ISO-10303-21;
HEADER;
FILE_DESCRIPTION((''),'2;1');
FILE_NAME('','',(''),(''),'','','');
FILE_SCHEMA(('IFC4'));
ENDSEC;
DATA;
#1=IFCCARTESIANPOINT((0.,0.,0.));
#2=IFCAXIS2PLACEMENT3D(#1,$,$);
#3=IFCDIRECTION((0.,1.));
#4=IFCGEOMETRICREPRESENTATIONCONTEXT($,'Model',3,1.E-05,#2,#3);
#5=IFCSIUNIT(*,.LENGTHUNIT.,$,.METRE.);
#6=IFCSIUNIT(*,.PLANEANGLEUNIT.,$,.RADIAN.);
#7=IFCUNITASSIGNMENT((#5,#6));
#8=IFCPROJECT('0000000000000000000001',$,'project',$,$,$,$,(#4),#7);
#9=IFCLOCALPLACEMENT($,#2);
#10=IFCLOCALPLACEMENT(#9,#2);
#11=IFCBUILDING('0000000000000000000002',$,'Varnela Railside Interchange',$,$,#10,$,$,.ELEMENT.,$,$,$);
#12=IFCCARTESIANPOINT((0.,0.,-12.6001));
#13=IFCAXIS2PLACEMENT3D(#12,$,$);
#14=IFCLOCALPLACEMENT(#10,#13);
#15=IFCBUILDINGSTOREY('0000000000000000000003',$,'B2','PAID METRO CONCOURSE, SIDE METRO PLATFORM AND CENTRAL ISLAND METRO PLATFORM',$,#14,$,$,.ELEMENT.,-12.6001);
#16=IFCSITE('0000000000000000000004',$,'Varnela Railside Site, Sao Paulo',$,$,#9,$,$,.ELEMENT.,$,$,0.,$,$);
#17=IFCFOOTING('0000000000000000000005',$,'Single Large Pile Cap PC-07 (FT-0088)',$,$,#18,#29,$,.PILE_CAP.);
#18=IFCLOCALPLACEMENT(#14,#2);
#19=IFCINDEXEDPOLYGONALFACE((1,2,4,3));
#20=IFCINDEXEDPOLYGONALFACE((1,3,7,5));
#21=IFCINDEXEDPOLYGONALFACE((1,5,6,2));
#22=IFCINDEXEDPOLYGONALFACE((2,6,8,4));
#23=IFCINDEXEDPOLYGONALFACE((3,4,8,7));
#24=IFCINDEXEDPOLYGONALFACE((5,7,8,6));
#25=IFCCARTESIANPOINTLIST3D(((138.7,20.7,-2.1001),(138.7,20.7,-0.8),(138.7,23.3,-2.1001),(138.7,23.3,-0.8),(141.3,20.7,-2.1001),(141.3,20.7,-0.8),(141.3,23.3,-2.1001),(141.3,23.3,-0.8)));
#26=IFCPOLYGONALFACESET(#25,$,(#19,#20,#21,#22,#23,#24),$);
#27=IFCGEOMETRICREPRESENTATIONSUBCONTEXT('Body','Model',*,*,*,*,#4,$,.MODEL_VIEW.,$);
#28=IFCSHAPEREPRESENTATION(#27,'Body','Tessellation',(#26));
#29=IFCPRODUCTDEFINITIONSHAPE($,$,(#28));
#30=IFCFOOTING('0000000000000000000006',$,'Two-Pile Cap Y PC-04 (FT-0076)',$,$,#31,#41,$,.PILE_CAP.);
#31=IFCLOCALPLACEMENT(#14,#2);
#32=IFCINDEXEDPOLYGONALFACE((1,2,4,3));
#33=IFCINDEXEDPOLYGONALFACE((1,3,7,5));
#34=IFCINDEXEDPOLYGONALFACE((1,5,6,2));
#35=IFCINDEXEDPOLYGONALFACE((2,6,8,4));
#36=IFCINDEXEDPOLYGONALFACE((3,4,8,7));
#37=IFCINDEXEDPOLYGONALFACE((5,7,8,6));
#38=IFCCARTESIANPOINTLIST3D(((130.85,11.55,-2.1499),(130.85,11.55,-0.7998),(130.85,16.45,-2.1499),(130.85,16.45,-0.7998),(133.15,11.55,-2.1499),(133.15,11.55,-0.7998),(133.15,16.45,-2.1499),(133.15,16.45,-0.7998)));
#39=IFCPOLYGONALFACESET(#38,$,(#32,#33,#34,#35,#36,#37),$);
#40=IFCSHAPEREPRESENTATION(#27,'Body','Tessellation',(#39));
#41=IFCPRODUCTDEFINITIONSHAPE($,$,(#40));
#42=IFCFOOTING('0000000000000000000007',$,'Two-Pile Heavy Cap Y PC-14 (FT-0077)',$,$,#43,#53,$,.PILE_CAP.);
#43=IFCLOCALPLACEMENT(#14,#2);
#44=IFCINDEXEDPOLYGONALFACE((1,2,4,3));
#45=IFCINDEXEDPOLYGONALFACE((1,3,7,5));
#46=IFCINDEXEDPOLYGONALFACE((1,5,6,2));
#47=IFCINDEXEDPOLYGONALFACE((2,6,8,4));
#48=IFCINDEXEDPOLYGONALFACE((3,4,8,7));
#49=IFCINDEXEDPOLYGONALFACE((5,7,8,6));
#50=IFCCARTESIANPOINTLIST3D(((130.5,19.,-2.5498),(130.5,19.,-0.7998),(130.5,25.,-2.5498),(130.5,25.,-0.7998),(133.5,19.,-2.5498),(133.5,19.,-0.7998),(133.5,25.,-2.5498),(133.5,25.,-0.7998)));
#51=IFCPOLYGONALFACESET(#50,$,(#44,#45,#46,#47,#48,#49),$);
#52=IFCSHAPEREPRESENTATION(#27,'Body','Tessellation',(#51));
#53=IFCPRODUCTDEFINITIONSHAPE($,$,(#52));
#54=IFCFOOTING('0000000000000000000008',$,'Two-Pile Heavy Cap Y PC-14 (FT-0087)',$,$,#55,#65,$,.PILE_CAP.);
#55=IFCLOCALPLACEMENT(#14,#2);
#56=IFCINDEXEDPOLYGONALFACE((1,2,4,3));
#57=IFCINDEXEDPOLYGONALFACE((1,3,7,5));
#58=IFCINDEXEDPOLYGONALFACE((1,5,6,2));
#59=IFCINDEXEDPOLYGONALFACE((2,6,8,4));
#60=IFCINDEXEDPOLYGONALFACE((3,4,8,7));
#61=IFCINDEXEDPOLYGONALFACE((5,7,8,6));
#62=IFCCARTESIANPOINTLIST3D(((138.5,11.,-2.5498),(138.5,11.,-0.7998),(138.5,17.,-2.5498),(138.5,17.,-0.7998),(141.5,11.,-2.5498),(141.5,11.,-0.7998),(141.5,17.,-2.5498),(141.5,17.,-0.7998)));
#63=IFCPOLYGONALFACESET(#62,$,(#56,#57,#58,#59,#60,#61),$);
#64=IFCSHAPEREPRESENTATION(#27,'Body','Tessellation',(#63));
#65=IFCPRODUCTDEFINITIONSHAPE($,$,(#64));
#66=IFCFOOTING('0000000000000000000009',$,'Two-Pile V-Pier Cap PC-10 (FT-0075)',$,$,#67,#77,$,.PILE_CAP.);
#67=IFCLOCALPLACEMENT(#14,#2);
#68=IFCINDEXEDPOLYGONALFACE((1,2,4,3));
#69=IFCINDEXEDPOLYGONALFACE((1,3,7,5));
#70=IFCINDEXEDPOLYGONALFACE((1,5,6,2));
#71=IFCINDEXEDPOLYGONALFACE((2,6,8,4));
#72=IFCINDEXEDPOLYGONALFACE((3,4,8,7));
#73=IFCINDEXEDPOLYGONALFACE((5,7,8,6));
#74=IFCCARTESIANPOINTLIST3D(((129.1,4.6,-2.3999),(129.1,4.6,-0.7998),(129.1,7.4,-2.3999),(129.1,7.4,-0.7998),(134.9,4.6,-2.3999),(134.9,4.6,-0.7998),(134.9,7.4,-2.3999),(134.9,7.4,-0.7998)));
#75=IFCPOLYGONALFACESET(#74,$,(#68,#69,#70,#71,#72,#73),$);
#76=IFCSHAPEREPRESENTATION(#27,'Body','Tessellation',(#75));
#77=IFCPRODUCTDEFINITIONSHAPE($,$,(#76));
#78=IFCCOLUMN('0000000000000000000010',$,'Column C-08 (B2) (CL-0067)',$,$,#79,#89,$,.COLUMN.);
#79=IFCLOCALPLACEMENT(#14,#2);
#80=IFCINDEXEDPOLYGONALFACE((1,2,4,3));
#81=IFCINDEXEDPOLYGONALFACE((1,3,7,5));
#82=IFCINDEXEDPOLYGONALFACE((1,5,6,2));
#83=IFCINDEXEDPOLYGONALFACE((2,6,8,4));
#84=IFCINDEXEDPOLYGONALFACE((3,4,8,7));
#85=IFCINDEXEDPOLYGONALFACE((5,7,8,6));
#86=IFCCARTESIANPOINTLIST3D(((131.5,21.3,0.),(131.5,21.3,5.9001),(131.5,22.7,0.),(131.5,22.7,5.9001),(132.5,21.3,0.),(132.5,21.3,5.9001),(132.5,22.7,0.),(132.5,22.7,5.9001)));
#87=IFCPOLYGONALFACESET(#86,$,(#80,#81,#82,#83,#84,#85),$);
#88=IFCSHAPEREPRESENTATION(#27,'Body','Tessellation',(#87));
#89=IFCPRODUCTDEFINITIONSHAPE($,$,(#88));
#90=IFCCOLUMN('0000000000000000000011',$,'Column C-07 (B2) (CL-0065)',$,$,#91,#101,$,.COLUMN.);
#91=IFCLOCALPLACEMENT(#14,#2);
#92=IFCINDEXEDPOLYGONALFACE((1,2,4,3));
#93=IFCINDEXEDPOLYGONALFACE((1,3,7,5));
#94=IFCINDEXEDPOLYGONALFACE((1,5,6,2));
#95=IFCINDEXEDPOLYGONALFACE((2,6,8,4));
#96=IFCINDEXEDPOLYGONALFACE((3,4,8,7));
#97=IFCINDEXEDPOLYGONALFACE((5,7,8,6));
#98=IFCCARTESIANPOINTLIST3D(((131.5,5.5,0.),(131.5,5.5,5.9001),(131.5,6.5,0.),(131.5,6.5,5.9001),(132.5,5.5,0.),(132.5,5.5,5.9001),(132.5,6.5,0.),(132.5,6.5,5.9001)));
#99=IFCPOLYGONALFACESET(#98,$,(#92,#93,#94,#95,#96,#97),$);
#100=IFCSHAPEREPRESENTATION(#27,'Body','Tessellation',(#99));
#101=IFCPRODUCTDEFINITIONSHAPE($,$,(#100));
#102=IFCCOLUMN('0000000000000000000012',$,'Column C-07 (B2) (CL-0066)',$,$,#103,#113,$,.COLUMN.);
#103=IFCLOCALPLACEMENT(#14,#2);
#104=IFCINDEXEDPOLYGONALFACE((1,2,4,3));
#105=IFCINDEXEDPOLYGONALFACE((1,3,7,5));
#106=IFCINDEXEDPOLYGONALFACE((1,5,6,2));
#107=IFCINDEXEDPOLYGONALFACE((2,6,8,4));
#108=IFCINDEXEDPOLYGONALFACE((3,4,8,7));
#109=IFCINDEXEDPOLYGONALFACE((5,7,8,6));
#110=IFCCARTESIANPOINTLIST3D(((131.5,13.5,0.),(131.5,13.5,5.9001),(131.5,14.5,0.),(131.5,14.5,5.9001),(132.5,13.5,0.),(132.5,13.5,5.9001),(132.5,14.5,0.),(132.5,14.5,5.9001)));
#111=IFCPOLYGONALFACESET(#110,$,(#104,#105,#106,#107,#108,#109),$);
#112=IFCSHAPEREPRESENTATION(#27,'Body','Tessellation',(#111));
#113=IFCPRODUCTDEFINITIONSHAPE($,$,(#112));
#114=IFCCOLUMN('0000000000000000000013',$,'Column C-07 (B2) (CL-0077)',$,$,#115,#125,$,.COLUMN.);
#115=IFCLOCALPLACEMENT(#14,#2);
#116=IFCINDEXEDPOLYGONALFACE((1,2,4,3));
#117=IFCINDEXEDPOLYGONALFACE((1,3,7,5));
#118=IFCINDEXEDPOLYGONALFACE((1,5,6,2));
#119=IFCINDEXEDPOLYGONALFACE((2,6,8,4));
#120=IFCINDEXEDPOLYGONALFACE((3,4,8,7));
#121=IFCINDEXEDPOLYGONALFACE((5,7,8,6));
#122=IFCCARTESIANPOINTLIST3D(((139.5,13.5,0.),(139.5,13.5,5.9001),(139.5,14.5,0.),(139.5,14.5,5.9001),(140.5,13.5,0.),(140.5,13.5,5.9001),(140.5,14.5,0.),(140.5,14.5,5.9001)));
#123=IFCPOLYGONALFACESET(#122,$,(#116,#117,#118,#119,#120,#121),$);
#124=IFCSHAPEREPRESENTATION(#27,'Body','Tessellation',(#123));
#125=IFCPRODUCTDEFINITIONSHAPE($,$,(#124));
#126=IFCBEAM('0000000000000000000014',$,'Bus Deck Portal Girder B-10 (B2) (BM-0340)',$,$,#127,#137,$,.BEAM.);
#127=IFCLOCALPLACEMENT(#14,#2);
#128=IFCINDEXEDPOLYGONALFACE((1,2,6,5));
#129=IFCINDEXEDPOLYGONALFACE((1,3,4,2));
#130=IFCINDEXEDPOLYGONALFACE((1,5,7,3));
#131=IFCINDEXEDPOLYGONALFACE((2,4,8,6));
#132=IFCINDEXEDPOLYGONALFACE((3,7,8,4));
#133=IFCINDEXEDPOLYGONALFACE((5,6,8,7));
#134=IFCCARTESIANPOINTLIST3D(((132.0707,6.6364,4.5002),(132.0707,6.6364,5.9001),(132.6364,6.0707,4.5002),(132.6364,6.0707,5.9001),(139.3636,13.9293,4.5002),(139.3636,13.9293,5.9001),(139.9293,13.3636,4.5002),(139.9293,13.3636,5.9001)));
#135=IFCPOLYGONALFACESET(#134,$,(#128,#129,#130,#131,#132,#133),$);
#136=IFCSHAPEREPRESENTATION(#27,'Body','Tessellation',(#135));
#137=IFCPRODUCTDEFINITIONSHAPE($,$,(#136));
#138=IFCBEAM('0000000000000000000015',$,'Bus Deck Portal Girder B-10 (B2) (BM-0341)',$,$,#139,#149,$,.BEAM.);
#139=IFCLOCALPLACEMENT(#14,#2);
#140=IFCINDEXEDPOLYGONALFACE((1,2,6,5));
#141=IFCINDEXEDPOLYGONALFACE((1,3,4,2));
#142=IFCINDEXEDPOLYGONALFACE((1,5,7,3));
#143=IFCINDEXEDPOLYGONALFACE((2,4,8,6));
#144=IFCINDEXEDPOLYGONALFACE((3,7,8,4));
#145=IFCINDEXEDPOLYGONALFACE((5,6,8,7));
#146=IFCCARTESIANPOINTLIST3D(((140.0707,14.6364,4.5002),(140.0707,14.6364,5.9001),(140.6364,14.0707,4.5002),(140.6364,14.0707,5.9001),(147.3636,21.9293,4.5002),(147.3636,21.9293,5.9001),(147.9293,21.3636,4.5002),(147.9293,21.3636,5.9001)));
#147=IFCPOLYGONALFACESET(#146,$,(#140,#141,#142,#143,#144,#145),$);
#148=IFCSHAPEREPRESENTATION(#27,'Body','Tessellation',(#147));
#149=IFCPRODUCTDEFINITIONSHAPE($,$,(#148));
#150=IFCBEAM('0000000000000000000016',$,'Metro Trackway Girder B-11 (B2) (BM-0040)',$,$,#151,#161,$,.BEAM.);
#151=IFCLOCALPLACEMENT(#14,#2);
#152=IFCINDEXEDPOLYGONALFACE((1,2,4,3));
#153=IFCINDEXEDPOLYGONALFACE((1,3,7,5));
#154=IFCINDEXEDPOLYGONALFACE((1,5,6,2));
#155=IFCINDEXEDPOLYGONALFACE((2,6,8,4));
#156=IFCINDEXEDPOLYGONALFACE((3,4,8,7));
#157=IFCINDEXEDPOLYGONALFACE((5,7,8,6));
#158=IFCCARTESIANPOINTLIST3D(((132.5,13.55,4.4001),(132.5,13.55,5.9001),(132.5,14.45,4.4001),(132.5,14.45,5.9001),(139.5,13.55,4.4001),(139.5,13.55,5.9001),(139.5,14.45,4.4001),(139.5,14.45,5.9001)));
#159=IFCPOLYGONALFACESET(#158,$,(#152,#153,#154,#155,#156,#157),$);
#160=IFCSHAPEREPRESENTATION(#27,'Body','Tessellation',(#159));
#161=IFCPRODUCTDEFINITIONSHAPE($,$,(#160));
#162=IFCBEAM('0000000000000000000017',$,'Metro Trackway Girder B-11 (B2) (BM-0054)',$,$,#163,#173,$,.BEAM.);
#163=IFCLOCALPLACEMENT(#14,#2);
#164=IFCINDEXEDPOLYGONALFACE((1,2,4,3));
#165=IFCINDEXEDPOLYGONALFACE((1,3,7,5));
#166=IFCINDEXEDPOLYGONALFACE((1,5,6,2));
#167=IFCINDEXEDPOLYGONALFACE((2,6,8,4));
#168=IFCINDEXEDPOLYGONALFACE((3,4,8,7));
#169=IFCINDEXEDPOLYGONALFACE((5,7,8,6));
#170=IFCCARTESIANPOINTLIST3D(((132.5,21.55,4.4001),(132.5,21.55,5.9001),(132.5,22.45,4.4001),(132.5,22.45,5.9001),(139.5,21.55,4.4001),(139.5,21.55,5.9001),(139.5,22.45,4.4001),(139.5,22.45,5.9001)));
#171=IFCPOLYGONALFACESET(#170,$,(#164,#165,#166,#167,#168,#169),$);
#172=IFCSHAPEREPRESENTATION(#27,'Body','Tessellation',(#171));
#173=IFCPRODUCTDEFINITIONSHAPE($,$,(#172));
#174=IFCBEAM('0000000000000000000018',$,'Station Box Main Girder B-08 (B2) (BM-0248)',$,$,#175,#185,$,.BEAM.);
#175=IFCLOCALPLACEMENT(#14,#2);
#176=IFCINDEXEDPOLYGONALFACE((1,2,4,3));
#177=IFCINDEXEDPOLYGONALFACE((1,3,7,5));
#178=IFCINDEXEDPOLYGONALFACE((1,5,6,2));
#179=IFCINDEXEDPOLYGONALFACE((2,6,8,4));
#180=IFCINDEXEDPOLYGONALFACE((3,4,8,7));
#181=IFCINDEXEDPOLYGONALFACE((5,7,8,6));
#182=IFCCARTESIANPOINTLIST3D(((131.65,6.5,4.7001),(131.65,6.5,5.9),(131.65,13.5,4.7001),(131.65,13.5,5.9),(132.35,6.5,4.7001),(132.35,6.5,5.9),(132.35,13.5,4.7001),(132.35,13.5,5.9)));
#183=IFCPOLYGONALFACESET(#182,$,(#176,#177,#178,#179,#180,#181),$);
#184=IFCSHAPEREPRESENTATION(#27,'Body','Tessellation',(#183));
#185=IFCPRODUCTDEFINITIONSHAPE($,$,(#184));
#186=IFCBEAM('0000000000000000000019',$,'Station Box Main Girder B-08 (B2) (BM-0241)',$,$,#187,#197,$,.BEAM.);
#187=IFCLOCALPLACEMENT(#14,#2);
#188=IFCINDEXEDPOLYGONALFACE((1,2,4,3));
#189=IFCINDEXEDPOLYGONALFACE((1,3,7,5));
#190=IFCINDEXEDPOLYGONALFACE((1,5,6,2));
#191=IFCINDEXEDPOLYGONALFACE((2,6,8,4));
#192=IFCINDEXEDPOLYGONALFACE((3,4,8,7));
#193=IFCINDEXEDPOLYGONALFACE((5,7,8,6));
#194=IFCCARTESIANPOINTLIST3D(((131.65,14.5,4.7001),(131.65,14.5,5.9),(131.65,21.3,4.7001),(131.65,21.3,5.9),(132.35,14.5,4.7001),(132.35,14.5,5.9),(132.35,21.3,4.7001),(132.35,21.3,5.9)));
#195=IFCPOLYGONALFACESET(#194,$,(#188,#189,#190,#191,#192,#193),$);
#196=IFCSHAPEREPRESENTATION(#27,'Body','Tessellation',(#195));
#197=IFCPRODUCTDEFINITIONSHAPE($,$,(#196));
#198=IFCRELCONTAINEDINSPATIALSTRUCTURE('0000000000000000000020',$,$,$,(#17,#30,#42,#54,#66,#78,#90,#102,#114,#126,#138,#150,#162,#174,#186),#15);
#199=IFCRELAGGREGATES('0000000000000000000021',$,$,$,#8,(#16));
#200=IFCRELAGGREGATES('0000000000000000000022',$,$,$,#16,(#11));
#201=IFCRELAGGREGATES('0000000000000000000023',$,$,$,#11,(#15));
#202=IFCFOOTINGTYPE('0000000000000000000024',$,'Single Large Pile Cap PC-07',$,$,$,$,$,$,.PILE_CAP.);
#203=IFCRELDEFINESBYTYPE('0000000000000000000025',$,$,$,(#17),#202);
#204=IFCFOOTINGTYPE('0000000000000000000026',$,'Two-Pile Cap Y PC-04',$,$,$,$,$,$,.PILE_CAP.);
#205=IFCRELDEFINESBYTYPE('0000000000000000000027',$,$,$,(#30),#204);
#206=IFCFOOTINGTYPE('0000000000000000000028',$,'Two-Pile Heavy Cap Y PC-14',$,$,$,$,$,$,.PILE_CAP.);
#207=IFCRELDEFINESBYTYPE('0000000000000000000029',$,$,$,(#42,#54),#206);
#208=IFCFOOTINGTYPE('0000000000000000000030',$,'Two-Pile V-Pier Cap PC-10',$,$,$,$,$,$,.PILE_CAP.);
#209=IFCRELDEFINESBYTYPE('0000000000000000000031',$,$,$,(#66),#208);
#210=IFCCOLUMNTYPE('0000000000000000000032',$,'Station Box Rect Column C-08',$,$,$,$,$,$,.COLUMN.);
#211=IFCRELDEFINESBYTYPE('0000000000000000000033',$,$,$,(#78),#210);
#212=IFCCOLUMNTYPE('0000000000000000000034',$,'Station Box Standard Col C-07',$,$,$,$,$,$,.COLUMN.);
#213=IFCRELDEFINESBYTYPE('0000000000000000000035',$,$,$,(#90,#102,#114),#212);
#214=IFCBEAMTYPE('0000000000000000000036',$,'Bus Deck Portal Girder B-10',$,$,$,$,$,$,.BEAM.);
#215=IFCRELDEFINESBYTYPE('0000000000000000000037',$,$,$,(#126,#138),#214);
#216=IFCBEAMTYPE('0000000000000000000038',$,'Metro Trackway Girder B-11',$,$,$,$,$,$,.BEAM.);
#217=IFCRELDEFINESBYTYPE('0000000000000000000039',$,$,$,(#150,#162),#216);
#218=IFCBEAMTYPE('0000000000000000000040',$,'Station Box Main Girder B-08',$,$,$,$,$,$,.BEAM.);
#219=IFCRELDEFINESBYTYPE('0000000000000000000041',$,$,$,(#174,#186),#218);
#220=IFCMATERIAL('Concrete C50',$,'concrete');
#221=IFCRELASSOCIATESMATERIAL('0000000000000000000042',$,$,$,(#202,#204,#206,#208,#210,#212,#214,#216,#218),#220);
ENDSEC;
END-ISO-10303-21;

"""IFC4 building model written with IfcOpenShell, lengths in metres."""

from ifc_helpers import new_model, si_unit, direction, frame, origin, origin_2d, place, context, subcontext, project, spatial, rectangle, extrude, material, material_profile, profile_set, type_object, element, save


model = new_model("IFC4")

# Units and contexts
model_context = context("Model", 3, precision=1e-05, world=origin(), true_north=direction((0.0, 1.0)))
body_context = subcontext(model_context, "Body", "Model", "MODEL_VIEW")
ifc_project = project(units=[si_unit("LENGTHUNIT", "METRE"), si_unit("PLANEANGLEUNIT", "RADIAN")], contexts=[model_context])

# Site, building, storey
site_placement = place(None, origin())
site = spatial("IfcSite", under=ifc_project, at=site_placement, Name="Varnela Railside Site, Sao Paulo", CompositionType="ELEMENT", RefElevation=0.0)
building_placement = place(site_placement, origin())
building = spatial("IfcBuilding", under=site, at=building_placement, Name="Varnela Railside Interchange", CompositionType="ELEMENT")
storey_placement = place(building_placement, frame((0.0, 0.0, -12.6001)))
storey = spatial("IfcBuildingStorey", under=building, at=storey_placement, Name="B2", Description="PAID METRO CONCOURSE, SIDE METRO PLATFORM AND CENTRAL ISLAND METRO PLATFORM", CompositionType="ELEMENT", Elevation=-12.6001)

# Footings
ifc_material_1 = material(Name="Concrete C50", Category="concrete")
footing_type_1 = type_object("IfcFootingType", Name="Single Large Pile Cap PC-07", PredefinedType="PILE_CAP", material=ifc_material_1)
footing_1_placement = place(storey_placement, frame((140.0, 22.0, -2.1001), z_axis=(0.0, 0.0, 1.0), x_axis=(1.0, 0.0, 0.0)))
element("IfcFooting", 1, at=footing_1_placement, inside=storey, type_object=footing_type_1, Name="Single Large Pile Cap PC-07 (FT-0088)", PredefinedType="PILE_CAP", context=body_context, shape_type="SweptSolid", body=[
    extrude(rectangle(XDim=2.6001, YDim=2.6001, at=origin_2d()), origin(), (0.0, 0.0, 1.0), 1.3),
])
footing_type_2 = type_object("IfcFootingType", Name="Two-Pile Cap Y PC-04", PredefinedType="PILE_CAP", material=ifc_material_1)
footing_2_placement = place(storey_placement, frame((132.0, 14.0, -2.1499), z_axis=(0.0, 0.0, 1.0), x_axis=(1.0, 0.0, 0.0)))
element("IfcFooting", 2, at=footing_2_placement, inside=storey, type_object=footing_type_2, Name="Two-Pile Cap Y PC-04 (FT-0076)", PredefinedType="PILE_CAP", context=body_context, shape_type="SweptSolid", body=[
    extrude(rectangle(XDim=2.3, YDim=4.8999, at=origin_2d()), origin(), (0.0, 0.0, 1.0), 1.3501),
])
footing_type_3 = type_object("IfcFootingType", Name="Two-Pile Heavy Cap Y PC-14", PredefinedType="PILE_CAP", material=ifc_material_1)
for number, where, z_axis, x_axis, name in (
    (3, (132.0, 22.0, -2.5498), (0.0, 0.0, 1.0), (1.0, 0.0, 0.0), "Two-Pile Heavy Cap Y PC-14 (FT-0077)"),
    (4, (140.0, 14.0, -2.5498), (0.0, 0.0, 1.0), (1.0, 0.0, 0.0), "Two-Pile Heavy Cap Y PC-14 (FT-0087)"),
):
    element("IfcFooting", number, at=place(storey_placement, frame(where, z_axis=z_axis, x_axis=x_axis)), inside=storey, type_object=footing_type_3, Name=name, PredefinedType="PILE_CAP", context=body_context, shape_type="SweptSolid", body=[
        extrude(rectangle(XDim=3.0, YDim=6.0, at=origin_2d()), origin(), (0.0, 0.0, 1.0), 1.75),
    ])
footing_type_4 = type_object("IfcFootingType", Name="Two-Pile V-Pier Cap PC-10", PredefinedType="PILE_CAP", material=ifc_material_1)
footing_3_placement = place(storey_placement, frame((132.0, 6.0, -2.3999), z_axis=(0.0, 0.0, 1.0), x_axis=(1.0, 0.0, 0.0)))
element("IfcFooting", 5, at=footing_3_placement, inside=storey, type_object=footing_type_4, Name="Two-Pile V-Pier Cap PC-10 (FT-0075)", PredefinedType="PILE_CAP", context=body_context, shape_type="SweptSolid", body=[
    extrude(rectangle(XDim=5.8, YDim=2.8, at=origin_2d()), origin(), (0.0, 0.0, 1.0), 1.6001),
])

# Columns
ifc_material_profile_1 = material_profile(ifc_material_1, rectangle(XDim=1.0, YDim=1.3999, at=origin_2d()), Name="RC 1000x1400")
ifc_profile_set_1 = profile_set([ifc_material_profile_1], Name="Concrete C50")
column_type_1 = type_object("IfcColumnType", Name="Station Box Rect Column C-08", PredefinedType="COLUMN", material=ifc_profile_set_1)
column_placement = place(storey_placement, frame((132.0, 22.0, 0.0), z_axis=(0.0, 0.0, 1.0), x_axis=(1.0, 0.0, 0.0)))
element("IfcColumn", 6, at=column_placement, inside=storey, type_object=column_type_1, Name="Column C-08 (B2) (CL-0067)", PredefinedType="COLUMN", context=body_context, shape_type="SweptSolid", body=[
    extrude(rectangle(XDim=1.0, YDim=1.3999, at=origin_2d()), origin(), (0.0, 0.0, 1.0), 5.9001),
])
ifc_material_profile_2 = material_profile(ifc_material_1, rectangle(XDim=1.0, YDim=1.0, at=origin_2d()), Name="RC 1000x1000")
ifc_profile_set_2 = profile_set([ifc_material_profile_2], Name="Concrete C50")
column_type_2 = type_object("IfcColumnType", Name="Station Box Standard Col C-07", PredefinedType="COLUMN", material=ifc_profile_set_2)
for number, where, z_axis, x_axis, name in (
    (7, (132.0, 6.0, 0.0), (0.0, 0.0, 1.0), (1.0, 0.0, 0.0), "Column C-07 (B2) (CL-0065)"),
    (8, (132.0, 14.0, 0.0), (0.0, 0.0, 1.0), (1.0, 0.0, 0.0), "Column C-07 (B2) (CL-0066)"),
    (9, (140.0, 14.0, 0.0), (0.0, 0.0, 1.0), (1.0, 0.0, 0.0), "Column C-07 (B2) (CL-0077)"),
):
    element("IfcColumn", number, at=place(storey_placement, frame(where, z_axis=z_axis, x_axis=x_axis)), inside=storey, type_object=column_type_2, Name=name, PredefinedType="COLUMN", context=body_context, shape_type="SweptSolid", body=[
        extrude(rectangle(XDim=1.0, YDim=1.0, at=origin_2d()), origin(), (0.0, 0.0, 1.0), 5.9001),
    ])

# Beams
ifc_material_profile_3 = material_profile(ifc_material_1, rectangle(XDim=0.8, YDim=1.3999, at=origin_2d()), Name="RC 800x1400")
ifc_profile_set_3 = profile_set([ifc_material_profile_3], Name="Concrete C50")
beam_type_1 = type_object("IfcBeamType", Name="Bus Deck Portal Girder B-10", PredefinedType="BEAM", material=ifc_profile_set_3)
for number, where, z_axis, x_axis, name in (
    (10, (132.3535, 6.3535, 5.2002), (0.707107, 0.707107, 0.0), (-0.707107, 0.707107, 0.0), "Bus Deck Portal Girder B-10 (B2) (BM-0340)"),
    (11, (140.3535, 14.3535, 5.2002), (0.707107, 0.707107, 0.0), (-0.707107, 0.707107, 0.0), "Bus Deck Portal Girder B-10 (B2) (BM-0341)"),
):
    element("IfcBeam", number, at=place(storey_placement, frame(where, z_axis=z_axis, x_axis=x_axis)), inside=storey, type_object=beam_type_1, Name=name, PredefinedType="BEAM", context=body_context, shape_type="SweptSolid", body=[
        extrude(rectangle(XDim=0.8, YDim=1.3999, at=origin_2d()), origin(), (0.0, 0.0, 1.0), 10.3137),
    ])
ifc_material_profile_4 = material_profile(ifc_material_1, rectangle(XDim=0.8999, YDim=1.5, at=origin_2d()), Name="RC 900x1500")
ifc_profile_set_4 = profile_set([ifc_material_profile_4], Name="Concrete C50")
beam_type_2 = type_object("IfcBeamType", Name="Metro Trackway Girder B-11", PredefinedType="BEAM", material=ifc_profile_set_4)
for number, where, z_axis, x_axis, name in (
    (12, (132.5, 14.0, 5.1501), (1.0, 0.0, 0.0), (0.0, 1.0, 0.0), "Metro Trackway Girder B-11 (B2) (BM-0040)"),
    (13, (132.5, 22.0, 5.1501), (1.0, 0.0, 0.0), (0.0, 1.0, 0.0), "Metro Trackway Girder B-11 (B2) (BM-0054)"),
):
    element("IfcBeam", number, at=place(storey_placement, frame(where, z_axis=z_axis, x_axis=x_axis)), inside=storey, type_object=beam_type_2, Name=name, PredefinedType="BEAM", context=body_context, shape_type="SweptSolid", body=[
        extrude(rectangle(XDim=0.8999, YDim=1.5, at=origin_2d()), origin(), (0.0, 0.0, 1.0), 7.0),
    ])
ifc_material_profile_5 = material_profile(ifc_material_1, rectangle(XDim=0.7, YDim=1.2, at=origin_2d()), Name="RC 700x1200")
ifc_profile_set_5 = profile_set([ifc_material_profile_5], Name="Concrete C50")
beam_type_3 = type_object("IfcBeamType", Name="Station Box Main Girder B-08", PredefinedType="BEAM", material=ifc_profile_set_5)
beam_1_placement = place(storey_placement, frame((132.0, 6.5, 5.3), z_axis=(0.0, 1.0, 0.0), x_axis=(-1.0, 0.0, 0.0)))
element("IfcBeam", 14, at=beam_1_placement, inside=storey, type_object=beam_type_3, Name="Station Box Main Girder B-08 (B2) (BM-0248)", PredefinedType="BEAM", context=body_context, shape_type="SweptSolid", body=[
    extrude(rectangle(XDim=0.7, YDim=1.2, at=origin_2d()), origin(), (0.0, 0.0, 1.0), 7.0),
])
beam_2_placement = place(storey_placement, frame((132.0, 14.5, 5.3), z_axis=(0.0, 1.0, 0.0), x_axis=(-1.0, 0.0, 0.0)))
element("IfcBeam", 15, at=beam_2_placement, inside=storey, type_object=beam_type_3, Name="Station Box Main Girder B-08 (B2) (BM-0241)", PredefinedType="BEAM", context=body_context, shape_type="SweptSolid", body=[
    extrude(rectangle(XDim=0.7, YDim=1.2, at=origin_2d()), origin(), (0.0, 0.0, 1.0), 6.8),
])

save(model, "model.ifc")
